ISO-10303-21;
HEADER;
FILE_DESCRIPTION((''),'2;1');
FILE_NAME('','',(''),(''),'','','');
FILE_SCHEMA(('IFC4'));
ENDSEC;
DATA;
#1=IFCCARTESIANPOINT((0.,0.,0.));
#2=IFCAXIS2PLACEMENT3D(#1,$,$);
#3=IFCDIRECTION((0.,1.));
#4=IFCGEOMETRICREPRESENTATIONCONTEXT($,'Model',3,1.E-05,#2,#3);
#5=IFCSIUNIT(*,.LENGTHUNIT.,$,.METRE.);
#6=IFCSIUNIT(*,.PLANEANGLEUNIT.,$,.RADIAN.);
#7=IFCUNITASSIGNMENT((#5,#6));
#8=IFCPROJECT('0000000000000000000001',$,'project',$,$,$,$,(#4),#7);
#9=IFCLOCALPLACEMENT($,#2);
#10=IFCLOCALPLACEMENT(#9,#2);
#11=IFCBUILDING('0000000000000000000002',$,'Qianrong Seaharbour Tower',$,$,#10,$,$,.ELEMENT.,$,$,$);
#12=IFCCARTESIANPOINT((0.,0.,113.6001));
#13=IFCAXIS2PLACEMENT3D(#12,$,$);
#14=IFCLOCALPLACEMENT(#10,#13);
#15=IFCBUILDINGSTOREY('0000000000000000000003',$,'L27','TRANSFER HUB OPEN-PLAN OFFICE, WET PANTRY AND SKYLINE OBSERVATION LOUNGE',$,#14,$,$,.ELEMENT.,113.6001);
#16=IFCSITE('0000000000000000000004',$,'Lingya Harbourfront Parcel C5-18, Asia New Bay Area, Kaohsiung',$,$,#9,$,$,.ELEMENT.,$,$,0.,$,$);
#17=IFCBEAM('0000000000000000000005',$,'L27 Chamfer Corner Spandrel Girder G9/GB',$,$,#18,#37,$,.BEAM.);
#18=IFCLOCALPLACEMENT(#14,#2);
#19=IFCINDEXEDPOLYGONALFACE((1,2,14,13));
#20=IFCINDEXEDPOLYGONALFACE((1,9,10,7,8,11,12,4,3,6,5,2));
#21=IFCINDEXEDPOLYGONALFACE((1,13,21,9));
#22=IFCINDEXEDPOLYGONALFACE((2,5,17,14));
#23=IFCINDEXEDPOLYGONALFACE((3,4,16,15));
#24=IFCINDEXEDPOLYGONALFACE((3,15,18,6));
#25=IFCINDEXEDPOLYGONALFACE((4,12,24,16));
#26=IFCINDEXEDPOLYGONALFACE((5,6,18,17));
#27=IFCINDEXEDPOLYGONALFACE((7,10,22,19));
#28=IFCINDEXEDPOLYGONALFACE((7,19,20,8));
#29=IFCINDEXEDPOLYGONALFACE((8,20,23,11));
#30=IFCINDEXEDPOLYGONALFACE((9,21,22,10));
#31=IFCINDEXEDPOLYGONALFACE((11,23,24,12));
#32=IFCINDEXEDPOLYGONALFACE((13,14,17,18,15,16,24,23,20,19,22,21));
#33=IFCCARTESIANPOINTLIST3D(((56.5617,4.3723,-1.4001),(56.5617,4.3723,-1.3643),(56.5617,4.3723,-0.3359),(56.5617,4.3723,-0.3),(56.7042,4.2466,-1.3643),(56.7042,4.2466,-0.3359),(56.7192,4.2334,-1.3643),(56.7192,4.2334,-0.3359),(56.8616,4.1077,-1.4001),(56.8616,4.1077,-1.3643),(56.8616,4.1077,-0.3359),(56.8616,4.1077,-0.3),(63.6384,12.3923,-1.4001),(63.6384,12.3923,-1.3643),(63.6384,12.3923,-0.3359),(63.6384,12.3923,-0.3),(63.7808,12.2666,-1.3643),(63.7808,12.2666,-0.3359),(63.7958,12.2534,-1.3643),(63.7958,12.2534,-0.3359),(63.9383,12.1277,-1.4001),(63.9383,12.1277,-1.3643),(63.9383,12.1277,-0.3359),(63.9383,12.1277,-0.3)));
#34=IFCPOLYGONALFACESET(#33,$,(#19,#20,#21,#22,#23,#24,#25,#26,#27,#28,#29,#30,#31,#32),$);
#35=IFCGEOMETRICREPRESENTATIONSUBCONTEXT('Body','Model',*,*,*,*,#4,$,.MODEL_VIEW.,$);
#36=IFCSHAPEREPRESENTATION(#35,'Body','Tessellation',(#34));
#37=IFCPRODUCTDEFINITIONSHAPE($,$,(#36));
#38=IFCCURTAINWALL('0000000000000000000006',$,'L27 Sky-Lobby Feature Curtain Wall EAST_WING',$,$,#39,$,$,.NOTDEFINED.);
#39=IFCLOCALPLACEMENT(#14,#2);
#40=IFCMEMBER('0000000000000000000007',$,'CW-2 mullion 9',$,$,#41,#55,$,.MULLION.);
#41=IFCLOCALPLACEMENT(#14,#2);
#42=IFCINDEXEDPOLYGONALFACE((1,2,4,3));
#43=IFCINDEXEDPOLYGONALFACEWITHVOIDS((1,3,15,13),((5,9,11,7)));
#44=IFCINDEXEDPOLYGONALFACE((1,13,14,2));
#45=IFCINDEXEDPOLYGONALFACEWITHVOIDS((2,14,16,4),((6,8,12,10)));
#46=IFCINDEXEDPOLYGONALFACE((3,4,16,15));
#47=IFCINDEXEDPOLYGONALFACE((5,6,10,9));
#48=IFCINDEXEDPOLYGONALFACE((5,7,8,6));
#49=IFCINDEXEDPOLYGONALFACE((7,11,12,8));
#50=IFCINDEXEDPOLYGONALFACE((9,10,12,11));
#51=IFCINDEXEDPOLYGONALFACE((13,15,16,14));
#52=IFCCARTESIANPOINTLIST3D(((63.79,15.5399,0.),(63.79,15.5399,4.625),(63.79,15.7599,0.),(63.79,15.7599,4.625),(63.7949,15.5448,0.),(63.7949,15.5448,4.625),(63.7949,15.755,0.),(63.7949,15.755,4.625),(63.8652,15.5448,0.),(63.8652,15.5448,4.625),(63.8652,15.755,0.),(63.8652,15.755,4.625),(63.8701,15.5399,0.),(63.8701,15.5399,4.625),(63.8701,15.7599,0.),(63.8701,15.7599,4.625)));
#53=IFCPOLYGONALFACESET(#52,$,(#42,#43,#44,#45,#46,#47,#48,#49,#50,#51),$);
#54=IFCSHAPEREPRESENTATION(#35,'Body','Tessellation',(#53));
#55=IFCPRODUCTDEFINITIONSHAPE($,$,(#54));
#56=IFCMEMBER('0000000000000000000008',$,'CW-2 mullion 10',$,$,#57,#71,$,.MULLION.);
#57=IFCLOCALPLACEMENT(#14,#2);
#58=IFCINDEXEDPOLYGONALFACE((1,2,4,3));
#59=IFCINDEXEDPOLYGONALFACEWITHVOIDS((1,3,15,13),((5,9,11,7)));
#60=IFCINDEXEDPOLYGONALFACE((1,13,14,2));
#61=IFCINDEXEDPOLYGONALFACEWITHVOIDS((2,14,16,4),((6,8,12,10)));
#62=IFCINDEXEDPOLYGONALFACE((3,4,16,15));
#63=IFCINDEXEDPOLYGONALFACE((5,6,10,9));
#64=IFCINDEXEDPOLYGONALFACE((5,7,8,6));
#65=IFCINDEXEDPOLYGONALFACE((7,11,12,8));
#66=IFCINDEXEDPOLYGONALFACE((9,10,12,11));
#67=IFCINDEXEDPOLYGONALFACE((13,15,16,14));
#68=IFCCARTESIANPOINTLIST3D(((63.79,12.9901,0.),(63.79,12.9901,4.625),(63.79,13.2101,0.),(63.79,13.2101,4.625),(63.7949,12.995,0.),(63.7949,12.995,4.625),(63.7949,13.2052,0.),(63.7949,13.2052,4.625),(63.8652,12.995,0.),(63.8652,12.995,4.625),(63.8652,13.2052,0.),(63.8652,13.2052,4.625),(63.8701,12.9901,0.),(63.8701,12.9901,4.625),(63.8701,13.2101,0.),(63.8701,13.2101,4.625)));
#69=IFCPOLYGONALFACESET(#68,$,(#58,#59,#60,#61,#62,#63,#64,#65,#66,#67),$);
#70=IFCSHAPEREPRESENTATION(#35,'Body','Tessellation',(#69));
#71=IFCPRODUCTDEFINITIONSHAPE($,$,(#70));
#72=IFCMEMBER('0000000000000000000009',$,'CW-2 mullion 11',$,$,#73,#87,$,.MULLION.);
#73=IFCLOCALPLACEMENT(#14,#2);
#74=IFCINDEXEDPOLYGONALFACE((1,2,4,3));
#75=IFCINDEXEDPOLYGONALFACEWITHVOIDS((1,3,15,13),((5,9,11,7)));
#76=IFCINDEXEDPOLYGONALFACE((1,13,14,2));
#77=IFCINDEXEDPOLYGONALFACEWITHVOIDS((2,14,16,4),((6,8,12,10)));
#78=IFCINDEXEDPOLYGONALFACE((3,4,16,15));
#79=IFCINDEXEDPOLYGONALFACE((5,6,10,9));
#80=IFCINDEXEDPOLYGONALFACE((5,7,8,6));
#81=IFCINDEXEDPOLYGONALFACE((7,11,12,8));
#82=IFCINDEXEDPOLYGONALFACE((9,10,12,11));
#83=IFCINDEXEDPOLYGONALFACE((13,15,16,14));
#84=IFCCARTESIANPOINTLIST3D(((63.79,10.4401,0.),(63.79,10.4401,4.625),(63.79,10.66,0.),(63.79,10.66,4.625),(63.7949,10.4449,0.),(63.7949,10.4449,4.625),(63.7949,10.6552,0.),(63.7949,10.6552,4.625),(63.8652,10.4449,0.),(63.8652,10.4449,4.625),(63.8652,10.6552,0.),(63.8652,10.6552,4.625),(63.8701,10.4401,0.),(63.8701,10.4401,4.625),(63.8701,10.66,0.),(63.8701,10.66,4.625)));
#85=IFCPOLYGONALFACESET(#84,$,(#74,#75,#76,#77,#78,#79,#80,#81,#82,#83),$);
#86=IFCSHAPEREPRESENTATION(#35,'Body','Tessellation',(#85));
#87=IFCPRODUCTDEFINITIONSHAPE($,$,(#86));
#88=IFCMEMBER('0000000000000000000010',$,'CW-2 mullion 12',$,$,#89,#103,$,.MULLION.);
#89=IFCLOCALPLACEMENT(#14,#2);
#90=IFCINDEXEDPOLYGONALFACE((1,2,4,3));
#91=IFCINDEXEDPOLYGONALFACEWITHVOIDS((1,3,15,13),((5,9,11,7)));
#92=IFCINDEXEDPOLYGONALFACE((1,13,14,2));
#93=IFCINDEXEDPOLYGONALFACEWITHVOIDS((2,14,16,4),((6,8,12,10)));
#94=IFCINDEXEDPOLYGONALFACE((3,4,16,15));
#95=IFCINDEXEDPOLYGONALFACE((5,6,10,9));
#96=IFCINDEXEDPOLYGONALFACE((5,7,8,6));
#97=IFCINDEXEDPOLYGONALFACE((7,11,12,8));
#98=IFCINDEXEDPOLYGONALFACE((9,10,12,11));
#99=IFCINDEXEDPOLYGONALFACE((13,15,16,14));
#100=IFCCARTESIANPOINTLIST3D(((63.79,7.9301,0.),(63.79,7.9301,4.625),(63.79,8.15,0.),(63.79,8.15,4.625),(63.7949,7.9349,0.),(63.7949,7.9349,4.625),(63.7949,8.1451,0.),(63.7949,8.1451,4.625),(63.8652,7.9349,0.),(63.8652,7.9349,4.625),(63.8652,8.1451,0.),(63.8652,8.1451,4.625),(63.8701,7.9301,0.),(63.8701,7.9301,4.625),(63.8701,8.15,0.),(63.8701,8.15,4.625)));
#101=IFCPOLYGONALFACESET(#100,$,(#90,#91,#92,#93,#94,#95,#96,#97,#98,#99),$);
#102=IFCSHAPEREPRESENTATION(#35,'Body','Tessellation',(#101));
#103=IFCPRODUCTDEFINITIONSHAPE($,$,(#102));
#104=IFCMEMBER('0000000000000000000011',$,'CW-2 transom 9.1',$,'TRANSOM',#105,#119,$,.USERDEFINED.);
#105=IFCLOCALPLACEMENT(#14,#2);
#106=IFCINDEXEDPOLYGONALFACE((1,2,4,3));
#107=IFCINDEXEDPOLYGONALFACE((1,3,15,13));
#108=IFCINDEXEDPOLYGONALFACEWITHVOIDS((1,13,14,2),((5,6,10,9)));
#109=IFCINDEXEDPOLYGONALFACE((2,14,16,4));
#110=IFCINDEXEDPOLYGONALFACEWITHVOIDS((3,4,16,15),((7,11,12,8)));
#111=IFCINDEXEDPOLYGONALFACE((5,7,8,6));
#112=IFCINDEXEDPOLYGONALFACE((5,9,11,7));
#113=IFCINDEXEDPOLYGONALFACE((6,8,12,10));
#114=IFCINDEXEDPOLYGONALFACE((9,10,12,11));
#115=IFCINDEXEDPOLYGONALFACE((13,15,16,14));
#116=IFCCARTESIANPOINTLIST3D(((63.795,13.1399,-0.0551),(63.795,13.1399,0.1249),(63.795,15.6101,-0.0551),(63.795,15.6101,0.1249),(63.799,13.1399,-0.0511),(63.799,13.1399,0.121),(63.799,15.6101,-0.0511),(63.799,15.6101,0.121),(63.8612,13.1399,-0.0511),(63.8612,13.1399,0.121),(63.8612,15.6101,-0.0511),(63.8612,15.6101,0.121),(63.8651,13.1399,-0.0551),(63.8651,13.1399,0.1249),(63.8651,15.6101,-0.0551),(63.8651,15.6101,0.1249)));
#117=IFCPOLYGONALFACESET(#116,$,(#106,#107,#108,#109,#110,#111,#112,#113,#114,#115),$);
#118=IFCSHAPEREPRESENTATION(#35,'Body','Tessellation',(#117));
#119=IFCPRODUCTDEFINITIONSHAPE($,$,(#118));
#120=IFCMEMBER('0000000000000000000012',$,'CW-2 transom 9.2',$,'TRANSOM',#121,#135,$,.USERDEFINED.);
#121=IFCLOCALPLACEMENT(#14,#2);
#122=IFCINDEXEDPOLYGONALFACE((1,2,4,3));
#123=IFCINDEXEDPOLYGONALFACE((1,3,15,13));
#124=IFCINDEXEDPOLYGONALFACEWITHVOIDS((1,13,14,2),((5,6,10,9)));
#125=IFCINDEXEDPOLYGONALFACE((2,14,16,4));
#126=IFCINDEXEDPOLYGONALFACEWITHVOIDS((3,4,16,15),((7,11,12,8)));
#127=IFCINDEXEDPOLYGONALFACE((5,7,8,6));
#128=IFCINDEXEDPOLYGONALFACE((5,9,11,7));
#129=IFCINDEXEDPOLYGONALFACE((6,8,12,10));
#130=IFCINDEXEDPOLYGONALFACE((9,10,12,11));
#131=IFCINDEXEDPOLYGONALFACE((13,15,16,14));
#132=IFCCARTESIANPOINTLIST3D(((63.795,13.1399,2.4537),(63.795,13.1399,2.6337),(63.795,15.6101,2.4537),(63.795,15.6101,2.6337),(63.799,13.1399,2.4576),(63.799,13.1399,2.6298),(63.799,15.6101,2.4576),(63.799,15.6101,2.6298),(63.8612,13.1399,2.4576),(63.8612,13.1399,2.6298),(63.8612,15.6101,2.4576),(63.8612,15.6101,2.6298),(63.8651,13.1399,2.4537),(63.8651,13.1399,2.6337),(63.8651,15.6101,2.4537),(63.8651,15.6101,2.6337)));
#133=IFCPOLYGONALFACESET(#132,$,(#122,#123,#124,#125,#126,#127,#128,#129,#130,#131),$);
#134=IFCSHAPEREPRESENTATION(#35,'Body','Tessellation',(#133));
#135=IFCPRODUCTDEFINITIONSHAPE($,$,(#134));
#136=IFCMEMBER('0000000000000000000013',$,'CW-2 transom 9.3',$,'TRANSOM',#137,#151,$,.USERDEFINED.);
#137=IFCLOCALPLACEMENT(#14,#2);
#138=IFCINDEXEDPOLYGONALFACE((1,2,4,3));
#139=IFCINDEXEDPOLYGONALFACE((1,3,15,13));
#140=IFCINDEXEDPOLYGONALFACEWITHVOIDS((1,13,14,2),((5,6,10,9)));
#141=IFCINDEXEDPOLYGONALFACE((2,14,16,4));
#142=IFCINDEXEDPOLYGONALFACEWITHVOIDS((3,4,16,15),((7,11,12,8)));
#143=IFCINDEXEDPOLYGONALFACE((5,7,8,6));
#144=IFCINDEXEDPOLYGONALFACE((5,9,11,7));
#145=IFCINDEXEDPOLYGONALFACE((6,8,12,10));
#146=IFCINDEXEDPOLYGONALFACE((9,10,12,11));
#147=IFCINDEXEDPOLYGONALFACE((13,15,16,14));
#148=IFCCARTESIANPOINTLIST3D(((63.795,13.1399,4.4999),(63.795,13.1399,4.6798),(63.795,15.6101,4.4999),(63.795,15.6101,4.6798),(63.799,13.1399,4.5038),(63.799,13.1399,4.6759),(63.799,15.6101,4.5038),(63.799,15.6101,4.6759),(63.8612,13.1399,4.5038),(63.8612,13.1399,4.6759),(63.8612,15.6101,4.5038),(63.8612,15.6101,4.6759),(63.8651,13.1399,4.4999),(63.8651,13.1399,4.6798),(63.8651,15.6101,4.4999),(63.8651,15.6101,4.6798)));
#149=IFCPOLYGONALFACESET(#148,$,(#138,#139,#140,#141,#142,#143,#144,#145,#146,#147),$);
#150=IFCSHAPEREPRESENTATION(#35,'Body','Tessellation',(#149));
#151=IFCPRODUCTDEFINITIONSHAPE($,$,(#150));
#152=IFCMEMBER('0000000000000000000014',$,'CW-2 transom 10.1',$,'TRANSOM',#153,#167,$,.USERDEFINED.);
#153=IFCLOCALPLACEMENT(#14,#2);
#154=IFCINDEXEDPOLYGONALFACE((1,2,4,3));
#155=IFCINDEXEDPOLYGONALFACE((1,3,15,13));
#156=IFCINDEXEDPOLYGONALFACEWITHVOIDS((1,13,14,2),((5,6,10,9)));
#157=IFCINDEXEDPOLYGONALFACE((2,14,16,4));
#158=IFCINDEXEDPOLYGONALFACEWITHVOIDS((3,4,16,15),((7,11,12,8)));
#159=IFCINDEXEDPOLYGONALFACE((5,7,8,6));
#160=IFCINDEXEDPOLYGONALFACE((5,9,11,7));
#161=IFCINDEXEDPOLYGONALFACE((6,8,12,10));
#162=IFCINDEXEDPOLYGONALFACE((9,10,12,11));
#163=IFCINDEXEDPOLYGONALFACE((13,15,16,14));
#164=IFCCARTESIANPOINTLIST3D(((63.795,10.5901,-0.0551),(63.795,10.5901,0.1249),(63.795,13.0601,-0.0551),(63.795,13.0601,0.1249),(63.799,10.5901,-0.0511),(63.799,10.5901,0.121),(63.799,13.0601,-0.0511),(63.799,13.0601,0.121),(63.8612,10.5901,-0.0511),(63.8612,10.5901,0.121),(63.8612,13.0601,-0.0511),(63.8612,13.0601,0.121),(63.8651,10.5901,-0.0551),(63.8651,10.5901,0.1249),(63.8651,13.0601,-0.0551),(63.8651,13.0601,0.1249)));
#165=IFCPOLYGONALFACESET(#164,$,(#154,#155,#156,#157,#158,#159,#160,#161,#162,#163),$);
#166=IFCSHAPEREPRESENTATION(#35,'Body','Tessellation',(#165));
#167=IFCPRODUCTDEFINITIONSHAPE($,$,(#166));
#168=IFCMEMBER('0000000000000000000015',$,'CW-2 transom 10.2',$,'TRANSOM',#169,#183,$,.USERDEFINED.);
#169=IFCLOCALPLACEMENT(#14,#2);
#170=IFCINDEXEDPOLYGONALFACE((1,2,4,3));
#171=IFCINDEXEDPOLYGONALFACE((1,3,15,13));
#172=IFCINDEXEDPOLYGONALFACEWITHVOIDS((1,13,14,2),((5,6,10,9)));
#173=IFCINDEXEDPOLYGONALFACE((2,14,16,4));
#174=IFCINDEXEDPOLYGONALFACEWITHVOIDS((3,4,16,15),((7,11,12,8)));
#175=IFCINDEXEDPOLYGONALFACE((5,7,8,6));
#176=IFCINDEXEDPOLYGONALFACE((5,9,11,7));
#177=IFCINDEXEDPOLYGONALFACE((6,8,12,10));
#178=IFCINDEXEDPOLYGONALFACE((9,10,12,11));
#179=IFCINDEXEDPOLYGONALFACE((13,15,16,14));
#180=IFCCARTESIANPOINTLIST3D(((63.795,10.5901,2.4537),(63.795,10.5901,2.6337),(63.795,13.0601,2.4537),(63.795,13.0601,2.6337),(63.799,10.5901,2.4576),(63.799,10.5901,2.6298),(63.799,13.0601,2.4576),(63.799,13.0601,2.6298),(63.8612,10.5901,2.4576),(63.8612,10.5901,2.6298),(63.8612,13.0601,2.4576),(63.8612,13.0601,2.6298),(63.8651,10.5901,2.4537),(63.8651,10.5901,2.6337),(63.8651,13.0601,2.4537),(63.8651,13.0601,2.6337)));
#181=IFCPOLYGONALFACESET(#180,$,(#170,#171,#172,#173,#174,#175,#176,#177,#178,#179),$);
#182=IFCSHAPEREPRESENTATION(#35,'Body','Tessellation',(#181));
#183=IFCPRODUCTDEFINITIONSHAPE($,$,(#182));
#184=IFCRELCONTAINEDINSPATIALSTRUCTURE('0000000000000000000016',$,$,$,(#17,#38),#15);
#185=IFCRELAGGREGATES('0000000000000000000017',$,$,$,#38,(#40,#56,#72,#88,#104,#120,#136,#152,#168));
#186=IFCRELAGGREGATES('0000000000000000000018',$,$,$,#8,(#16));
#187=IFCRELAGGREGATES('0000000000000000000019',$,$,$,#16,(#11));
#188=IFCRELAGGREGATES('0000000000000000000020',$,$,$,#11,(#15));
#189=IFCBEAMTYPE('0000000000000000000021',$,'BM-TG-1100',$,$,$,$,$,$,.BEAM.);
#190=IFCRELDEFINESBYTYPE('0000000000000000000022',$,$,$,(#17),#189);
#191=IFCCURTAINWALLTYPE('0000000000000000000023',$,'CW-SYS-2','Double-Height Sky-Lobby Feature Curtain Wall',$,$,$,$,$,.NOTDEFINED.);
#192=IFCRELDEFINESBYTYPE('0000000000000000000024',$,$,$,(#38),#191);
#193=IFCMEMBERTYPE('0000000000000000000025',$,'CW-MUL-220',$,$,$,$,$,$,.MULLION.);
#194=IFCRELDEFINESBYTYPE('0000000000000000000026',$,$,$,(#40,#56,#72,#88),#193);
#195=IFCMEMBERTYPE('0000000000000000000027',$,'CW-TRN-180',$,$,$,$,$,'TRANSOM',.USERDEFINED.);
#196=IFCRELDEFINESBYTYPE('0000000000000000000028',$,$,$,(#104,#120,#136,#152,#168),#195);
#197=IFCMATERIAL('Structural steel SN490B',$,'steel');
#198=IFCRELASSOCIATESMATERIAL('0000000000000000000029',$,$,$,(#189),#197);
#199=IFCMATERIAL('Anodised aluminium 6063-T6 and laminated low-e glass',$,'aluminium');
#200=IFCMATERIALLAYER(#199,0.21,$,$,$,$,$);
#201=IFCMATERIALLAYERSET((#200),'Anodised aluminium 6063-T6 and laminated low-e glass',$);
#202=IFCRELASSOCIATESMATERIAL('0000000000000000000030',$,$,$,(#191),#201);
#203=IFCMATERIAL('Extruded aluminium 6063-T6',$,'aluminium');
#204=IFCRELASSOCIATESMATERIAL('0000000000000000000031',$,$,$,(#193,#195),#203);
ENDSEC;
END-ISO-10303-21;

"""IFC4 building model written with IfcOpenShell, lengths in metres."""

from ifc_helpers import new_model, si_unit, direction, frame, origin, origin_2d, place, context, subcontext, project, spatial, hollow_rectangle, i_section, extrude, material, layer, layer_set, material_profile, profile_set, type_object, element, aggregate, save


model = new_model("IFC4")

# Units and contexts
model_context = context("Model", 3, precision=1e-05, world=origin(), true_north=direction((0.0, 1.0)))
body_context = subcontext(model_context, "Body", "Model", "MODEL_VIEW")
ifc_project = project(units=[si_unit("LENGTHUNIT", "METRE"), si_unit("PLANEANGLEUNIT", "RADIAN")], contexts=[model_context])

# Site, building, storey
site_placement = place(None, origin())
site = spatial("IfcSite", under=ifc_project, at=site_placement, Name="Lingya Harbourfront Parcel C5-18, Asia New Bay Area, Kaohsiung", CompositionType="ELEMENT", RefElevation=0.0)
building_placement = place(site_placement, origin())
building = spatial("IfcBuilding", under=site, at=building_placement, Name="Qianrong Seaharbour Tower", CompositionType="ELEMENT")
storey_placement = place(building_placement, frame((0.0, 0.0, 113.6001)))
storey = spatial("IfcBuildingStorey", under=building, at=storey_placement, Name="L27", Description="TRANSFER HUB OPEN-PLAN OFFICE, WET PANTRY AND SKYLINE OBSERVATION LOUNGE", CompositionType="ELEMENT", Elevation=113.6001)

# Shared definitions
ifc_material_1 = material(Name="Structural steel SN490B", Category="steel")

# Beam
ifc_material_profile_1 = material_profile(ifc_material_1, i_section(OverallWidth=0.3999, OverallDepth=1.1001, WebThickness=0.02, FlangeThickness=0.0359, at=origin_2d()), Name="BH1100x400x20x36")
ifc_profile_set_1 = profile_set([ifc_material_profile_1], Name="Structural steel SN490B")
beam_type_1 = type_object("IfcBeamType", Name="BM-TG-1100", PredefinedType="BEAM", material=ifc_profile_set_1)
beam_1_placement = place(storey_placement, frame((56.7117, 4.24, -0.8501), z_axis=(0.661631, 0.74983, 0.0), x_axis=(-0.74983, 0.661631, 0.0)))
element("IfcBeam", 1, at=beam_1_placement, inside=storey, type_object=beam_type_1, Name="L27 Chamfer Corner Spandrel Girder G9/GB", PredefinedType="BEAM", context=body_context, shape_type="SweptSolid", body=[
    extrude(i_section(OverallWidth=0.3999, OverallDepth=1.1001, WebThickness=0.02, FlangeThickness=0.0359, at=origin_2d()), origin(), (0.0, 0.0, 1.0), 10.6958),
])

# Curtain wall, members
ifc_material_2 = material(Name="Anodised aluminium 6063-T6 and laminated low-e glass", Category="aluminium")
ifc_layer_1 = layer(ifc_material_2, 0.21)
ifc_layer_set_1 = layer_set([ifc_layer_1], Name="Anodised aluminium 6063-T6 and laminated low-e glass")
curtain_wall_type = type_object("IfcCurtainWallType", Name="CW-SYS-2", Description="Double-Height Sky-Lobby Feature Curtain Wall", PredefinedType="NOTDEFINED", material=ifc_layer_set_1)
curtain_wall_placement = place(storey_placement, origin())
curtain_wall = element("IfcCurtainWall", 2, at=curtain_wall_placement, inside=storey, type_object=curtain_wall_type, Name="L27 Sky-Lobby Feature Curtain Wall EAST_WING", PredefinedType="NOTDEFINED")
ifc_material_3 = material(Name="Extruded aluminium 6063-T6", Category="aluminium")
ifc_material_profile_2 = material_profile(ifc_material_3, hollow_rectangle(XDim=0.0801, YDim=0.22, WallThickness=0.0049, at=origin_2d()), Name="ALU-MUL-220x80x5")
ifc_profile_set_2 = profile_set([ifc_material_profile_2], Name="Extruded aluminium 6063-T6")
member_type_1 = type_object("IfcMemberType", Name="CW-MUL-220", PredefinedType="MULLION", material=ifc_profile_set_2)
member_1_placement = place(storey_placement, frame((63.8301, 15.6499, 0.0), z_axis=(0.0, 0.0, 1.0), x_axis=(1.0, 0.0, 0.0)))
member_1 = element("IfcMember", 3, at=member_1_placement, type_object=member_type_1, Name="CW-2 mullion 9", PredefinedType="MULLION", context=body_context, shape_type="SweptSolid", body=[
    extrude(hollow_rectangle(XDim=0.0801, YDim=0.22, WallThickness=0.0049, at=origin_2d()), origin(), (0.0, 0.0, 1.0), 4.625),
])
member_2_placement = place(storey_placement, frame((63.8301, 13.1001, 0.0), z_axis=(0.0, 0.0, 1.0), x_axis=(1.0, 0.0, 0.0)))
member_2 = element("IfcMember", 4, at=member_2_placement, type_object=member_type_1, Name="CW-2 mullion 10", PredefinedType="MULLION", context=body_context, shape_type="SweptSolid", body=[
    extrude(hollow_rectangle(XDim=0.0801, YDim=0.22, WallThickness=0.0049, at=origin_2d()), origin(), (0.0, 0.0, 1.0), 4.625),
])
member_3_placement = place(storey_placement, frame((63.8301, 10.55, 0.0), z_axis=(0.0, 0.0, 1.0), x_axis=(1.0, 0.0, 0.0)))
member_3 = element("IfcMember", 5, at=member_3_placement, type_object=member_type_1, Name="CW-2 mullion 11", PredefinedType="MULLION", context=body_context, shape_type="SweptSolid", body=[
    extrude(hollow_rectangle(XDim=0.0801, YDim=0.22, WallThickness=0.0049, at=origin_2d()), origin(), (0.0, 0.0, 1.0), 4.625),
])
member_4_placement = place(storey_placement, frame((63.8301, 8.04, 0.0), z_axis=(0.0, 0.0, 1.0), x_axis=(1.0, 0.0, 0.0)))
member_4 = element("IfcMember", 6, at=member_4_placement, type_object=member_type_1, Name="CW-2 mullion 12", PredefinedType="MULLION", context=body_context, shape_type="SweptSolid", body=[
    extrude(hollow_rectangle(XDim=0.0801, YDim=0.22, WallThickness=0.0049, at=origin_2d()), origin(), (0.0, 0.0, 1.0), 4.625),
])
ifc_material_profile_3 = material_profile(ifc_material_3, hollow_rectangle(XDim=0.0701, YDim=0.1799, WallThickness=0.0039, at=origin_2d()), Name="ALU-TRN-180x70x4")
ifc_profile_set_3 = profile_set([ifc_material_profile_3], Name="Extruded aluminium 6063-T6")
member_type_2 = type_object("IfcMemberType", Name="CW-TRN-180", ElementType="TRANSOM", PredefinedType="USERDEFINED", material=ifc_profile_set_3)
member_5_placement = place(storey_placement, frame((63.8301, 15.6101, 0.0349), z_axis=(0.0, -1.0, 0.0), x_axis=(1.0, 0.0, 0.0)))
member_5 = element("IfcMember", 7, at=member_5_placement, type_object=member_type_2, Name="CW-2 transom 9.1", ObjectType="TRANSOM", PredefinedType="USERDEFINED", context=body_context, shape_type="SweptSolid", body=[
    extrude(hollow_rectangle(XDim=0.0701, YDim=0.1799, WallThickness=0.0039, at=origin_2d()), origin(), (0.0, 0.0, 1.0), 2.4702),
])
member_6_placement = place(storey_placement, frame((63.8301, 15.6101, 2.5437), z_axis=(0.0, -1.0, 0.0), x_axis=(1.0, 0.0, 0.0)))
member_6 = element("IfcMember", 8, at=member_6_placement, type_object=member_type_2, Name="CW-2 transom 9.2", ObjectType="TRANSOM", PredefinedType="USERDEFINED", context=body_context, shape_type="SweptSolid", body=[
    extrude(hollow_rectangle(XDim=0.0701, YDim=0.1799, WallThickness=0.0039, at=origin_2d()), origin(), (0.0, 0.0, 1.0), 2.4702),
])
member_7_placement = place(storey_placement, frame((63.8301, 15.6101, 4.5898), z_axis=(0.0, -1.0, 0.0), x_axis=(1.0, 0.0, 0.0)))
member_7 = element("IfcMember", 9, at=member_7_placement, type_object=member_type_2, Name="CW-2 transom 9.3", ObjectType="TRANSOM", PredefinedType="USERDEFINED", context=body_context, shape_type="SweptSolid", body=[
    extrude(hollow_rectangle(XDim=0.0701, YDim=0.1799, WallThickness=0.0039, at=origin_2d()), origin(), (0.0, 0.0, 1.0), 2.4702),
])
member_8_placement = place(storey_placement, frame((63.8301, 13.0601, 0.0349), z_axis=(0.0, -1.0, 0.0), x_axis=(1.0, 0.0, 0.0)))
member_8 = element("IfcMember", 10, at=member_8_placement, type_object=member_type_2, Name="CW-2 transom 10.1", ObjectType="TRANSOM", PredefinedType="USERDEFINED", context=body_context, shape_type="SweptSolid", body=[
    extrude(hollow_rectangle(XDim=0.0701, YDim=0.1799, WallThickness=0.0039, at=origin_2d()), origin(), (0.0, 0.0, 1.0), 2.47),
])
member_9_placement = place(storey_placement, frame((63.8301, 13.0601, 2.5437), z_axis=(0.0, -1.0, 0.0), x_axis=(1.0, 0.0, 0.0)))
member_9 = element("IfcMember", 11, at=member_9_placement, type_object=member_type_2, Name="CW-2 transom 10.2", ObjectType="TRANSOM", PredefinedType="USERDEFINED", context=body_context, shape_type="SweptSolid", body=[
    extrude(hollow_rectangle(XDim=0.0701, YDim=0.1799, WallThickness=0.0039, at=origin_2d()), origin(), (0.0, 0.0, 1.0), 2.47),
])
aggregate(curtain_wall, [member_1, member_2, member_3, member_4, member_5, member_6, member_7, member_8, member_9])

save(model, "model.ifc")
